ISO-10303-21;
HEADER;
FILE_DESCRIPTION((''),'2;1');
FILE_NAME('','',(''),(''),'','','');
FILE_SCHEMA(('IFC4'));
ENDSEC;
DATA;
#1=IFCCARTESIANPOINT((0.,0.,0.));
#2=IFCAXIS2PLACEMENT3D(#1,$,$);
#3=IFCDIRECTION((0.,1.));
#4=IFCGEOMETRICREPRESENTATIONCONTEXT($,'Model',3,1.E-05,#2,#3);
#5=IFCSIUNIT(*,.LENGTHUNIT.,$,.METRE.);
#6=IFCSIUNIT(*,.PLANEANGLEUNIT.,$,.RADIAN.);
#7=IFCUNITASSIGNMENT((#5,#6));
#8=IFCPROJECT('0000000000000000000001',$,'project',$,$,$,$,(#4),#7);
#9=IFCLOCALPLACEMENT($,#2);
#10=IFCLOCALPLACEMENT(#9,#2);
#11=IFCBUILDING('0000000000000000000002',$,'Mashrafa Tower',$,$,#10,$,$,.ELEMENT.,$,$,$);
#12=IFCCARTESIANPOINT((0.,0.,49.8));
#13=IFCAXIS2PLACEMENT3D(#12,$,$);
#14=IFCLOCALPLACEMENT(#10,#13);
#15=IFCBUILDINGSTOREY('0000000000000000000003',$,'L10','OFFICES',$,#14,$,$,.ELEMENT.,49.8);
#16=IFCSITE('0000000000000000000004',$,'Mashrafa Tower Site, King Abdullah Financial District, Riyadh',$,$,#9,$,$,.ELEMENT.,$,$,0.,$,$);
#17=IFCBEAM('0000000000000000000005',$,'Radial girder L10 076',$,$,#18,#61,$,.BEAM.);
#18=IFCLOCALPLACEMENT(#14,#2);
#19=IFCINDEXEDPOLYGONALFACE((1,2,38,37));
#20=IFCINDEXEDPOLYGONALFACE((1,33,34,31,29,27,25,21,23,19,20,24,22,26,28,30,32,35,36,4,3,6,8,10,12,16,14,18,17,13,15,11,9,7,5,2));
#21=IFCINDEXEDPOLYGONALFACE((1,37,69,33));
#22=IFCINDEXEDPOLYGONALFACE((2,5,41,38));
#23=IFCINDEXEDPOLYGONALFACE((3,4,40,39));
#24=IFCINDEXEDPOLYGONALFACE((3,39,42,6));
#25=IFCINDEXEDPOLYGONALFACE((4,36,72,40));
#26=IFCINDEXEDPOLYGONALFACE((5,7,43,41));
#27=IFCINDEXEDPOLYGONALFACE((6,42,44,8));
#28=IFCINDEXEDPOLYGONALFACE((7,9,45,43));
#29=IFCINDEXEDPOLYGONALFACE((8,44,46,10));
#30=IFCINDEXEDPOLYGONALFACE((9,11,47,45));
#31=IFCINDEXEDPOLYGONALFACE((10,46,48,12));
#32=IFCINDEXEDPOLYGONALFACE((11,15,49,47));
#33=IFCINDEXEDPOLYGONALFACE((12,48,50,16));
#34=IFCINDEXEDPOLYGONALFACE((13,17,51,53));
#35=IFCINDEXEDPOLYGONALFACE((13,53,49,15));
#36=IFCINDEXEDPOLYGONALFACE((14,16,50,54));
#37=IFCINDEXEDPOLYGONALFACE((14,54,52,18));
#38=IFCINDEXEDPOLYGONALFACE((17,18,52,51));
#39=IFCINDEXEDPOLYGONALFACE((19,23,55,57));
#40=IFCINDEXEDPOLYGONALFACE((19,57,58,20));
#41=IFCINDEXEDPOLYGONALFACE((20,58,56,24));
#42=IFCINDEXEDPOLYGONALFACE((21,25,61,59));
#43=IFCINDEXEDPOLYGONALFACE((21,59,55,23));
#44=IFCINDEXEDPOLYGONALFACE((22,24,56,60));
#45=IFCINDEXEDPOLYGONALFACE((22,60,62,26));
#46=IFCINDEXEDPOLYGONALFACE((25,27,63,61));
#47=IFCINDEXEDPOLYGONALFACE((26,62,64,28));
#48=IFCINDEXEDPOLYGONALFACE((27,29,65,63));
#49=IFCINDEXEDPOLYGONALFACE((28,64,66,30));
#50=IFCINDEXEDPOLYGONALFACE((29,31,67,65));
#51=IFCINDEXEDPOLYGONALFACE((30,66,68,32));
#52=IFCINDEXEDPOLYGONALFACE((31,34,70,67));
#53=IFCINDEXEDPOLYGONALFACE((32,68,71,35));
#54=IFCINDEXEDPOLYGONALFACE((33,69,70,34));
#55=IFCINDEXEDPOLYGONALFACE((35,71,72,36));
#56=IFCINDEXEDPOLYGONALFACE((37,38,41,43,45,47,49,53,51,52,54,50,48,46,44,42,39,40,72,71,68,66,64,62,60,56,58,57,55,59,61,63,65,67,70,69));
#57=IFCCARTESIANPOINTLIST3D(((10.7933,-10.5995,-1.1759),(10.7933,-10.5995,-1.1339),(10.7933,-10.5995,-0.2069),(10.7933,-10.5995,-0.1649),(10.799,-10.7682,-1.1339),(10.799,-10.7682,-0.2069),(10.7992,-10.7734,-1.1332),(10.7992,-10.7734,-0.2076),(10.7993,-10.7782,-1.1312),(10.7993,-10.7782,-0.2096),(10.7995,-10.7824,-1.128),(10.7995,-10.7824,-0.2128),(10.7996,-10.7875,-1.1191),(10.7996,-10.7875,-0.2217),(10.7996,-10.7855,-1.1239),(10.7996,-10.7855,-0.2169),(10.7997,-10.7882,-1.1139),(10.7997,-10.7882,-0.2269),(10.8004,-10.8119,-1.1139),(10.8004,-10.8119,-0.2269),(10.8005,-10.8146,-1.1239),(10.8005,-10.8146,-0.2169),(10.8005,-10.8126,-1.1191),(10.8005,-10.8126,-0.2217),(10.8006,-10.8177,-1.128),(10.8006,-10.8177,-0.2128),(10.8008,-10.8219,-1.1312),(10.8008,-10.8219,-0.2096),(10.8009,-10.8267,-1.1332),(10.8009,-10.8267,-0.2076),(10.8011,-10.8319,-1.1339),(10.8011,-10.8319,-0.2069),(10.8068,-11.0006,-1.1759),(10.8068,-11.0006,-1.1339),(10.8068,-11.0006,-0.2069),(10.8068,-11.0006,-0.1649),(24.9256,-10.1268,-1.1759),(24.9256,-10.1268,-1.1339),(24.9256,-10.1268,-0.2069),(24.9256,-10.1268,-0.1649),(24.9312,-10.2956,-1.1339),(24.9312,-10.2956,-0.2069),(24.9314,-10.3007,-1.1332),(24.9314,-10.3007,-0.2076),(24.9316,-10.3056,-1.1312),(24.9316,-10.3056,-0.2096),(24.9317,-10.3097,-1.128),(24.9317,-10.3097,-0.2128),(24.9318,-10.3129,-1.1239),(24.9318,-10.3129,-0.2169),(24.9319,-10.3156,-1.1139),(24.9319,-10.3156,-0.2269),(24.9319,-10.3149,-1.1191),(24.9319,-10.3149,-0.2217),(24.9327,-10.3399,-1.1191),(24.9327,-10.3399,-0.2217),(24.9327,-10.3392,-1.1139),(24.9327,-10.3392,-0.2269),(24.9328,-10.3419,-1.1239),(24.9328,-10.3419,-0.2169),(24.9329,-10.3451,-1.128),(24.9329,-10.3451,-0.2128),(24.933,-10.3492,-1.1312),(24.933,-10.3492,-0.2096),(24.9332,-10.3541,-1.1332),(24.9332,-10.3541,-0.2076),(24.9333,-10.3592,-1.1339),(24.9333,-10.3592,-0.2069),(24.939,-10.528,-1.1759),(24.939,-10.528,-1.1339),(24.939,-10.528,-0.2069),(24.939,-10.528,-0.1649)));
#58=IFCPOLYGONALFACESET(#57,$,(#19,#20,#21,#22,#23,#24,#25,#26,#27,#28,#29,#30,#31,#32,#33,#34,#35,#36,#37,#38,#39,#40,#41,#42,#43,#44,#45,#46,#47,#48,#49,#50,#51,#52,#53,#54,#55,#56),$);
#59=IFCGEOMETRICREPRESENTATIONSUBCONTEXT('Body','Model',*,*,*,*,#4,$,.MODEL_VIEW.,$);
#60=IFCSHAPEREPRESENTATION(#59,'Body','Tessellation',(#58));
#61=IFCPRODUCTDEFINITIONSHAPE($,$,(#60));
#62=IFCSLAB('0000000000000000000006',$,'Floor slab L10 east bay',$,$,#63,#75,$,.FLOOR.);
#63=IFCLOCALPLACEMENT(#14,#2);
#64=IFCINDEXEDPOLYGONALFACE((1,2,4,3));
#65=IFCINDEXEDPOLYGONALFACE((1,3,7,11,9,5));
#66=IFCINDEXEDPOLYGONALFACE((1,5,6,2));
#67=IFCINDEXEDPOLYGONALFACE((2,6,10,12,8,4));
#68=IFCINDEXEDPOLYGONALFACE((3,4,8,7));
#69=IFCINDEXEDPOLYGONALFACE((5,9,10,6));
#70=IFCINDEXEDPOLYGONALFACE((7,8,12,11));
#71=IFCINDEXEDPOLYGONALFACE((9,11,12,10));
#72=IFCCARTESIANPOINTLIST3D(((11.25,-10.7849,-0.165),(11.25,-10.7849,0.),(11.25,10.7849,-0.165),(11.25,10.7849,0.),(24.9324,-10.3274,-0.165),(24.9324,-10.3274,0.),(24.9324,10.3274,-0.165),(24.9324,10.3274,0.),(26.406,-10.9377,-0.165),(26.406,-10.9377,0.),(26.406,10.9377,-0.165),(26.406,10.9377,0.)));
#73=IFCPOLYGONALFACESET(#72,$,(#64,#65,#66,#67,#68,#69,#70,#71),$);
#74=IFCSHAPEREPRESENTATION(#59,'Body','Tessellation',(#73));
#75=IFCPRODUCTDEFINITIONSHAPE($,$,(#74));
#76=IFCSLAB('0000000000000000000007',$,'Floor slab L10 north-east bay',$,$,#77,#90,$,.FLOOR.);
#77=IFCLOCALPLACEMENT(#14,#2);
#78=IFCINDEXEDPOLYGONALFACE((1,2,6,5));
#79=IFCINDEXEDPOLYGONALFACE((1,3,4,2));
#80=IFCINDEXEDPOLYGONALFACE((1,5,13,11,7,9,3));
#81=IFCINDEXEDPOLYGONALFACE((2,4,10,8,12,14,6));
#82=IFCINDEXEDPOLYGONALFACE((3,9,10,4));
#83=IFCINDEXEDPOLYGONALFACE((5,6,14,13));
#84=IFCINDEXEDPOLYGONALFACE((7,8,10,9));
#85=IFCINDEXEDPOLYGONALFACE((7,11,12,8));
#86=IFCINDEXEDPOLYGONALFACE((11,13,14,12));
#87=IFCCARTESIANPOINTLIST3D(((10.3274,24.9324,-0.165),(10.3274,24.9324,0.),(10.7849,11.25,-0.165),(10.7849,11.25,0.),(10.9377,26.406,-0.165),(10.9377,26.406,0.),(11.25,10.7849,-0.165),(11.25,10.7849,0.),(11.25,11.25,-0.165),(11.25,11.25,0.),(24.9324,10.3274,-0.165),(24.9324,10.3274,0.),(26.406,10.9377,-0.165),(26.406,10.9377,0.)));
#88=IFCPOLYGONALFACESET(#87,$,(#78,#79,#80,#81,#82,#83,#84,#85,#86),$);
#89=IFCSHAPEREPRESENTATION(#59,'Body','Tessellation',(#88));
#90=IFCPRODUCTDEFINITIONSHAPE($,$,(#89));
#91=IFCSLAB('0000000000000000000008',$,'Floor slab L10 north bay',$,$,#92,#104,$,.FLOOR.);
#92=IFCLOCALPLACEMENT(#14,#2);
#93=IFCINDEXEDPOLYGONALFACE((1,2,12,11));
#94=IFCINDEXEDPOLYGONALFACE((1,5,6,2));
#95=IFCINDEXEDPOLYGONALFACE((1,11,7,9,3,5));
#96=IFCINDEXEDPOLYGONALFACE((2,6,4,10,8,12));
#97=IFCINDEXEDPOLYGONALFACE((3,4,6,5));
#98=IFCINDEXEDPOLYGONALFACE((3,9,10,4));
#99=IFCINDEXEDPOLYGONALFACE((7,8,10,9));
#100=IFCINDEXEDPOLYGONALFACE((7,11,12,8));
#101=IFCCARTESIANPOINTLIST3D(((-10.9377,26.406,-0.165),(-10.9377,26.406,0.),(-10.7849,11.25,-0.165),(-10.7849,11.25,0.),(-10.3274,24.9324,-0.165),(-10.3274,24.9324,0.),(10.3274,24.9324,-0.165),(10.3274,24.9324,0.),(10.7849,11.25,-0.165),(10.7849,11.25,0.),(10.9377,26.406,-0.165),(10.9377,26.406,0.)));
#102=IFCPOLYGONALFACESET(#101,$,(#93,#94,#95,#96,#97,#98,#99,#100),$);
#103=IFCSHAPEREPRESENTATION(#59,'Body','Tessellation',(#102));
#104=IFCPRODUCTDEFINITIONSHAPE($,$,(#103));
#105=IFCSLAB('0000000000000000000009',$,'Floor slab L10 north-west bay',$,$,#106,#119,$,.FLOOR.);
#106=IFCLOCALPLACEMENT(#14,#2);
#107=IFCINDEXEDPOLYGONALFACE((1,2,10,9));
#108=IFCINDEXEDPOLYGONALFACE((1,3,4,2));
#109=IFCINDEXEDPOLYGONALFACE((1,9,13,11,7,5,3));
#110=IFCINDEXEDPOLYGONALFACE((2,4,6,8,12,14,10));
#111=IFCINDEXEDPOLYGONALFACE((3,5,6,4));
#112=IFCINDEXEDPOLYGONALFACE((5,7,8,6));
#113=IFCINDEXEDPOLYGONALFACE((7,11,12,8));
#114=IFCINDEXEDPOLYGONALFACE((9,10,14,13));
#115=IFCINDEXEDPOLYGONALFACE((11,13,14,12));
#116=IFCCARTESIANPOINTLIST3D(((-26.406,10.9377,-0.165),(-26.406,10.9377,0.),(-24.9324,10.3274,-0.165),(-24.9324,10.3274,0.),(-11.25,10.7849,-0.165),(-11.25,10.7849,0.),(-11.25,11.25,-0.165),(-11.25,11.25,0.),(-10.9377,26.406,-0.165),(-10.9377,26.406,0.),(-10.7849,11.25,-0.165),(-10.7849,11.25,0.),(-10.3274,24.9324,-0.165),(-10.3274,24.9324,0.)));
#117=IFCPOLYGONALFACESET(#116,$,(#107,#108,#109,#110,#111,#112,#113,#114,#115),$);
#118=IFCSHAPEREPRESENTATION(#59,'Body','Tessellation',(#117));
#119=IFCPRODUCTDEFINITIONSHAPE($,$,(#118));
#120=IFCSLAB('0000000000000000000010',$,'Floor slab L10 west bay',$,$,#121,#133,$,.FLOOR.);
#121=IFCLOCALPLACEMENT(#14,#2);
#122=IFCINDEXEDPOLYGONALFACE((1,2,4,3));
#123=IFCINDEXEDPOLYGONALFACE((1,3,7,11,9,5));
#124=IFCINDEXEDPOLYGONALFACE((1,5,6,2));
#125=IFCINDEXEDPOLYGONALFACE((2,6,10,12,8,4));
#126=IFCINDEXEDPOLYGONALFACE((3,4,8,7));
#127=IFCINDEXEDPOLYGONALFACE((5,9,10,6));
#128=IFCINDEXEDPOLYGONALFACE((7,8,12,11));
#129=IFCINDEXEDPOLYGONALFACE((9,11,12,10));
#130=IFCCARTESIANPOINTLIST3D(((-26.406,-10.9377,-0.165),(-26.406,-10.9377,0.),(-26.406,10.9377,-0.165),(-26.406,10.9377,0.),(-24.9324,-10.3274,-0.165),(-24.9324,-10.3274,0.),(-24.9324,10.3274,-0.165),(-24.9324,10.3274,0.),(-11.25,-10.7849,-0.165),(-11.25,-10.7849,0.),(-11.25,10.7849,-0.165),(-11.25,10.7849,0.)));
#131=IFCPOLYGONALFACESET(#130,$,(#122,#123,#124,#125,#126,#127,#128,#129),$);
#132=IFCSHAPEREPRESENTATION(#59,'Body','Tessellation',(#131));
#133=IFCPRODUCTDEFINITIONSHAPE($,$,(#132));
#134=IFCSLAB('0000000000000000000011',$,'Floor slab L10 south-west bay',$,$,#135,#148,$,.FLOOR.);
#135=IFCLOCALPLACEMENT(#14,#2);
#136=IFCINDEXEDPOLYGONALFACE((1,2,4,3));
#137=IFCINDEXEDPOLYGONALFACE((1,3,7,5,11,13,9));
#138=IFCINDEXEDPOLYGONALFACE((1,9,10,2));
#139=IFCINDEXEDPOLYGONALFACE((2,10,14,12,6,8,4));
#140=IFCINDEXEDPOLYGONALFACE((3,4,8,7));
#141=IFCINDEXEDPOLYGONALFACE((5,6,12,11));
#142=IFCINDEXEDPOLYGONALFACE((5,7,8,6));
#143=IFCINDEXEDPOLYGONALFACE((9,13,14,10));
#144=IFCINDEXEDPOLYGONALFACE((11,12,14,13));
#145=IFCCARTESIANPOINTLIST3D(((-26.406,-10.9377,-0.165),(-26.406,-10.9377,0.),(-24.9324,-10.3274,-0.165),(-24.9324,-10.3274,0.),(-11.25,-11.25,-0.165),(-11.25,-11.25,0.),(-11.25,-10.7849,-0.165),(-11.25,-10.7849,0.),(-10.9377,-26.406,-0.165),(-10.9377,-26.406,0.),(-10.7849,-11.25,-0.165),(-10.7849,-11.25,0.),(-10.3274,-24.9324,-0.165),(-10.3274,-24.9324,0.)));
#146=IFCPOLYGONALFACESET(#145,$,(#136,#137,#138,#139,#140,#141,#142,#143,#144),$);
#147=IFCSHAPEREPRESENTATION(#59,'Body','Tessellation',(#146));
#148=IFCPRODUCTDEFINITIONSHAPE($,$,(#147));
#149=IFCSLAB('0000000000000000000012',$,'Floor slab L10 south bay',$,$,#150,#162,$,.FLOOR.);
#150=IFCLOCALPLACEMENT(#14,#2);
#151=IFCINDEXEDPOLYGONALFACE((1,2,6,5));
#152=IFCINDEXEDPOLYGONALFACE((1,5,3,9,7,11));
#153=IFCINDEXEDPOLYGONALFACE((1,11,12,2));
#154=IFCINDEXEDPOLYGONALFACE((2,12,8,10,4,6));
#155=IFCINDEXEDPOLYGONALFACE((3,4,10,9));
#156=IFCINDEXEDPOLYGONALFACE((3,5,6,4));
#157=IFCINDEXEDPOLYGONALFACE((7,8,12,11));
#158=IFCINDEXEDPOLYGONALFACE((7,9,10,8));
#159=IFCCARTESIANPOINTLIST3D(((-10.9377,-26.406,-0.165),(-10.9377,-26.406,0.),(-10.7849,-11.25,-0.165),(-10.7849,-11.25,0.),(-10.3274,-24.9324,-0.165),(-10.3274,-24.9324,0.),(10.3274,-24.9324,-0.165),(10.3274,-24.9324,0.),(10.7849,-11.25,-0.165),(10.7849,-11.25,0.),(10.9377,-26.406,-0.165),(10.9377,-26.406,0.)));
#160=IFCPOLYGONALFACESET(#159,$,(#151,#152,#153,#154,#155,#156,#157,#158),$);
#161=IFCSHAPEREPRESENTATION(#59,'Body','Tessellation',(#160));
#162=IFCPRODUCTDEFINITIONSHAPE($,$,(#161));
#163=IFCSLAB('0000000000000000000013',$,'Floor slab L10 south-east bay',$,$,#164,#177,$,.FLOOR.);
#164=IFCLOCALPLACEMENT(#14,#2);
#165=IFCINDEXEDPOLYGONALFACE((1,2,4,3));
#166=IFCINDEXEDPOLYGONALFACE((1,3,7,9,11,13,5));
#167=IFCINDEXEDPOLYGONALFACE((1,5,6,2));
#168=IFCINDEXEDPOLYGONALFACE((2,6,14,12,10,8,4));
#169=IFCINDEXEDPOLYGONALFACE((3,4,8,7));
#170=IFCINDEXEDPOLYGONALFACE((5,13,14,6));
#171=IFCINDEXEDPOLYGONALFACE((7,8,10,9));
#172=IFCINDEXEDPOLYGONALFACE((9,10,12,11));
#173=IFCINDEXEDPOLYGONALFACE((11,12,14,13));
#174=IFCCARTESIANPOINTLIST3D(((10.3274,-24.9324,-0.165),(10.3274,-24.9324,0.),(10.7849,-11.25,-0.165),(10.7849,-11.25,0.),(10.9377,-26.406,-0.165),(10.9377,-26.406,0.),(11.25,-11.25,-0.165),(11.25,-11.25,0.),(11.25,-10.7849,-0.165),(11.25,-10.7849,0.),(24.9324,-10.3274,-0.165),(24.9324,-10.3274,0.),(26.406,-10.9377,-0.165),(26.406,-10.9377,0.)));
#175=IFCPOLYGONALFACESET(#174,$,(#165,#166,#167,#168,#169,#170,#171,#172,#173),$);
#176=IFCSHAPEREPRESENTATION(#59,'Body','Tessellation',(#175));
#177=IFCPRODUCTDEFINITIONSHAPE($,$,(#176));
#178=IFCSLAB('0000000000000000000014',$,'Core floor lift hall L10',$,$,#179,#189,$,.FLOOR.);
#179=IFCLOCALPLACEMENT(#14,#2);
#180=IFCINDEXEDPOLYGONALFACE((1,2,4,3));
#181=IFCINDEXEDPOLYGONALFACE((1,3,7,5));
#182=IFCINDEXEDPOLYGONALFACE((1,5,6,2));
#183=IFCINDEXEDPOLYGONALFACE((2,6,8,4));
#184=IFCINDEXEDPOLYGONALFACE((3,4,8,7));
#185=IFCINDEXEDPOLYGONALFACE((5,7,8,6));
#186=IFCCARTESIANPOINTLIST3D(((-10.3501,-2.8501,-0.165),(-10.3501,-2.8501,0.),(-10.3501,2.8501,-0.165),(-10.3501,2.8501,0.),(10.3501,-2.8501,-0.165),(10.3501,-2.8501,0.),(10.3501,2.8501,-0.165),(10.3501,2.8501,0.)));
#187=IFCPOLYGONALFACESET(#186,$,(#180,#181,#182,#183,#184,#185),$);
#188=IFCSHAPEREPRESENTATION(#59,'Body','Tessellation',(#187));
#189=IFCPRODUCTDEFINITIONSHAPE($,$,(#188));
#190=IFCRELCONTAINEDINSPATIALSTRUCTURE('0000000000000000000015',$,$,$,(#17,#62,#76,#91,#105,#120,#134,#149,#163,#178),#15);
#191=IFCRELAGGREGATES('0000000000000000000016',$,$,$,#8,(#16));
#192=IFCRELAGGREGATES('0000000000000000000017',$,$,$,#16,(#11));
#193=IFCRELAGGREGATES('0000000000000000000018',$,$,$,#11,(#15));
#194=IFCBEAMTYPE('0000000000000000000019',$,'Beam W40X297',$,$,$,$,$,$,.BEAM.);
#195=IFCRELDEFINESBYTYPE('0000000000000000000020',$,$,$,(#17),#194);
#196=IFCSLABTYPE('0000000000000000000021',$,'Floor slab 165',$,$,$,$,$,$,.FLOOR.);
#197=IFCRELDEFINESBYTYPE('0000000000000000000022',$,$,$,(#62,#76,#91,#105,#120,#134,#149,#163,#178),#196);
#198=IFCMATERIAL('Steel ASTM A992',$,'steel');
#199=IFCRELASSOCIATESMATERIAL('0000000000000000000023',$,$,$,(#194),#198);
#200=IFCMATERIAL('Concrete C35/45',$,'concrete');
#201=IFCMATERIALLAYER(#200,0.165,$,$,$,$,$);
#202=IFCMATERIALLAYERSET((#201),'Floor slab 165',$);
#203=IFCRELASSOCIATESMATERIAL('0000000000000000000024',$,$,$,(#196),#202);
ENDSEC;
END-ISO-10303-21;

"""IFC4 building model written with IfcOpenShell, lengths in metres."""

from ifc_helpers import new_model, si_unit, direction, frame, origin, origin_2d, place, context, subcontext, project, spatial, polyline, i_section, outline, extrude, material, layer, layer_set, material_profile, profile_set, type_object, element, save


model = new_model("IFC4")

# Units and contexts
model_context = context("Model", 3, precision=1e-05, world=origin(), true_north=direction((0.0, 1.0)))
body_context = subcontext(model_context, "Body", "Model", "MODEL_VIEW")
ifc_project = project(units=[si_unit("LENGTHUNIT", "METRE"), si_unit("PLANEANGLEUNIT", "RADIAN")], contexts=[model_context])

# Site, building, storey
site_placement = place(None, origin())
site = spatial("IfcSite", under=ifc_project, at=site_placement, Name="Mashrafa Tower Site, King Abdullah Financial District, Riyadh", CompositionType="ELEMENT", RefElevation=0.0)
building_placement = place(site_placement, origin())
building = spatial("IfcBuilding", under=site, at=building_placement, Name="Mashrafa Tower", CompositionType="ELEMENT")
storey_placement = place(building_placement, frame((0.0, 0.0, 49.8)))
storey = spatial("IfcBuildingStorey", under=building, at=storey_placement, Name="L10", Description="OFFICES", CompositionType="ELEMENT", Elevation=49.8)

# Beam
ifc_material_1 = material(Name="Steel ASTM A992", Category="steel")
ifc_material_profile = material_profile(ifc_material_1, i_section(OverallWidth=0.4014, OverallDepth=1.011, WebThickness=0.0237, FlangeThickness=0.042, FilletRadius=0.02, at=origin_2d()), Name="W40X297")
ifc_profile_set = profile_set([ifc_material_profile], Name="Steel ASTM A992")
beam_type = type_object("IfcBeamType", Name="Beam W40X297", PredefinedType="BEAM", material=ifc_profile_set)
beam_placement = place(storey_placement, frame((10.8, -10.8, -0.6704), z_axis=(0.999441, 0.033426, 0.0), x_axis=(-0.033426, 0.999441, 0.0)))
element("IfcBeam", 1, at=beam_placement, inside=storey, type_object=beam_type, Name="Radial girder L10 076", PredefinedType="BEAM", context=body_context, shape_type="SweptSolid", body=[
    extrude(i_section(OverallWidth=0.4014, OverallDepth=1.011, WebThickness=0.0237, FlangeThickness=0.042, FilletRadius=0.02, at=origin_2d()), origin(), (0.0, 0.0, 1.0), 14.1401),
])

# Slabs
ifc_material_2 = material(Name="Concrete C35/45", Category="concrete")
ifc_layer_1 = layer(ifc_material_2, 0.165)
ifc_layer_set_1 = layer_set([ifc_layer_1], Name="Floor slab 165")
slab_type_1 = type_object("IfcSlabType", Name="Floor slab 165", PredefinedType="FLOOR", material=ifc_layer_set_1)
slab_1_placement = place(storey_placement, frame((0.0, 0.0, -0.165)))
element("IfcSlab", 2, at=slab_1_placement, inside=storey, type_object=slab_type_1, Name="Floor slab L10 east bay", PredefinedType="FLOOR", context=body_context, shape_type="SweptSolid", body=[
    extrude(outline(polyline([(26.406, -10.9377), (24.9324, -10.3274), (11.25, -10.7849), (11.25, 10.7849), (24.9324, 10.3274), (26.406, 10.9377), (26.406, -10.9377)])), origin(), (0.0, 0.0, 1.0), 0.165),
])
slab_2_placement = place(storey_placement, frame((0.0, 0.0, -0.165)))
element("IfcSlab", 3, at=slab_2_placement, inside=storey, type_object=slab_type_1, Name="Floor slab L10 north-east bay", PredefinedType="FLOOR", context=body_context, shape_type="SweptSolid", body=[
    extrude(outline(polyline([(10.9377, 26.406), (26.406, 10.9377), (26.406, 10.9377), (24.9324, 10.3274), (11.25, 10.7849), (11.25, 11.25), (10.7849, 11.25), (10.3274, 24.9324), (10.9377, 26.406), (10.9377, 26.406)])), origin(), (0.0, 0.0, 1.0), 0.165),
])
slab_3_placement = place(storey_placement, frame((0.0, 0.0, -0.165)))
element("IfcSlab", 4, at=slab_3_placement, inside=storey, type_object=slab_type_1, Name="Floor slab L10 north bay", PredefinedType="FLOOR", context=body_context, shape_type="SweptSolid", body=[
    extrude(outline(polyline([(10.9377, 26.406), (10.3274, 24.9324), (10.7849, 11.25), (-10.7849, 11.25), (-10.3274, 24.9324), (-10.9377, 26.406), (10.9377, 26.406)])), origin(), (0.0, 0.0, 1.0), 0.165),
])
slab_4_placement = place(storey_placement, frame((0.0, 0.0, -0.165)))
element("IfcSlab", 5, at=slab_4_placement, inside=storey, type_object=slab_type_1, Name="Floor slab L10 north-west bay", PredefinedType="FLOOR", context=body_context, shape_type="SweptSolid", body=[
    extrude(outline(polyline([(-26.406, 10.9377), (-10.9377, 26.406), (-10.9377, 26.406), (-10.3274, 24.9324), (-10.7849, 11.25), (-11.25, 11.25), (-11.25, 10.7849), (-24.9324, 10.3274), (-26.406, 10.9377), (-26.406, 10.9377)])), origin(), (0.0, 0.0, 1.0), 0.165),
])
slab_5_placement = place(storey_placement, frame((0.0, 0.0, -0.165)))
element("IfcSlab", 6, at=slab_5_placement, inside=storey, type_object=slab_type_1, Name="Floor slab L10 west bay", PredefinedType="FLOOR", context=body_context, shape_type="SweptSolid", body=[
    extrude(outline(polyline([(-26.406, 10.9377), (-24.9324, 10.3274), (-11.25, 10.7849), (-11.25, -10.7849), (-24.9324, -10.3274), (-26.406, -10.9377), (-26.406, 10.9377)])), origin(), (0.0, 0.0, 1.0), 0.165),
])
slab_6_placement = place(storey_placement, frame((0.0, 0.0, -0.165)))
element("IfcSlab", 7, at=slab_6_placement, inside=storey, type_object=slab_type_1, Name="Floor slab L10 south-west bay", PredefinedType="FLOOR", context=body_context, shape_type="SweptSolid", body=[
    extrude(outline(polyline([(-10.9377, -26.406), (-26.406, -10.9377), (-26.406, -10.9377), (-24.9324, -10.3274), (-11.25, -10.7849), (-11.25, -11.25), (-10.7849, -11.25), (-10.3274, -24.9324), (-10.9377, -26.406), (-10.9377, -26.406)])), origin(), (0.0, 0.0, 1.0), 0.165),
])
slab_7_placement = place(storey_placement, frame((0.0, 0.0, -0.165)))
element("IfcSlab", 8, at=slab_7_placement, inside=storey, type_object=slab_type_1, Name="Floor slab L10 south bay", PredefinedType="FLOOR", context=body_context, shape_type="SweptSolid", body=[
    extrude(outline(polyline([(-10.9377, -26.406), (-10.3274, -24.9324), (-10.7849, -11.25), (10.7849, -11.25), (10.3274, -24.9324), (10.9377, -26.406), (-10.9377, -26.406)])), origin(), (0.0, 0.0, 1.0), 0.165),
])
slab_8_placement = place(storey_placement, frame((0.0, 0.0, -0.165)))
element("IfcSlab", 9, at=slab_8_placement, inside=storey, type_object=slab_type_1, Name="Floor slab L10 south-east bay", PredefinedType="FLOOR", context=body_context, shape_type="SweptSolid", body=[
    extrude(outline(polyline([(10.9377, -26.406), (10.3274, -24.9324), (10.7849, -11.25), (11.25, -11.25), (11.25, -10.7849), (24.9324, -10.3274), (26.406, -10.9377), (26.406, -10.9377), (10.9377, -26.406), (10.9377, -26.406)])), origin(), (0.0, 0.0, 1.0), 0.165),
])
slab_9_placement = place(storey_placement, frame((0.0, 0.0, -0.165)))
element("IfcSlab", 10, at=slab_9_placement, inside=storey, type_object=slab_type_1, Name="Core floor lift hall L10", PredefinedType="FLOOR", context=body_context, shape_type="SweptSolid", body=[
    extrude(outline(polyline([(-10.3501, 2.8501), (10.3501, 2.8501), (10.3501, -2.8501), (-10.3501, -2.8501), (-10.3501, 2.8501)])), origin(), (0.0, 0.0, 1.0), 0.165),
])

save(model, "model.ifc")
